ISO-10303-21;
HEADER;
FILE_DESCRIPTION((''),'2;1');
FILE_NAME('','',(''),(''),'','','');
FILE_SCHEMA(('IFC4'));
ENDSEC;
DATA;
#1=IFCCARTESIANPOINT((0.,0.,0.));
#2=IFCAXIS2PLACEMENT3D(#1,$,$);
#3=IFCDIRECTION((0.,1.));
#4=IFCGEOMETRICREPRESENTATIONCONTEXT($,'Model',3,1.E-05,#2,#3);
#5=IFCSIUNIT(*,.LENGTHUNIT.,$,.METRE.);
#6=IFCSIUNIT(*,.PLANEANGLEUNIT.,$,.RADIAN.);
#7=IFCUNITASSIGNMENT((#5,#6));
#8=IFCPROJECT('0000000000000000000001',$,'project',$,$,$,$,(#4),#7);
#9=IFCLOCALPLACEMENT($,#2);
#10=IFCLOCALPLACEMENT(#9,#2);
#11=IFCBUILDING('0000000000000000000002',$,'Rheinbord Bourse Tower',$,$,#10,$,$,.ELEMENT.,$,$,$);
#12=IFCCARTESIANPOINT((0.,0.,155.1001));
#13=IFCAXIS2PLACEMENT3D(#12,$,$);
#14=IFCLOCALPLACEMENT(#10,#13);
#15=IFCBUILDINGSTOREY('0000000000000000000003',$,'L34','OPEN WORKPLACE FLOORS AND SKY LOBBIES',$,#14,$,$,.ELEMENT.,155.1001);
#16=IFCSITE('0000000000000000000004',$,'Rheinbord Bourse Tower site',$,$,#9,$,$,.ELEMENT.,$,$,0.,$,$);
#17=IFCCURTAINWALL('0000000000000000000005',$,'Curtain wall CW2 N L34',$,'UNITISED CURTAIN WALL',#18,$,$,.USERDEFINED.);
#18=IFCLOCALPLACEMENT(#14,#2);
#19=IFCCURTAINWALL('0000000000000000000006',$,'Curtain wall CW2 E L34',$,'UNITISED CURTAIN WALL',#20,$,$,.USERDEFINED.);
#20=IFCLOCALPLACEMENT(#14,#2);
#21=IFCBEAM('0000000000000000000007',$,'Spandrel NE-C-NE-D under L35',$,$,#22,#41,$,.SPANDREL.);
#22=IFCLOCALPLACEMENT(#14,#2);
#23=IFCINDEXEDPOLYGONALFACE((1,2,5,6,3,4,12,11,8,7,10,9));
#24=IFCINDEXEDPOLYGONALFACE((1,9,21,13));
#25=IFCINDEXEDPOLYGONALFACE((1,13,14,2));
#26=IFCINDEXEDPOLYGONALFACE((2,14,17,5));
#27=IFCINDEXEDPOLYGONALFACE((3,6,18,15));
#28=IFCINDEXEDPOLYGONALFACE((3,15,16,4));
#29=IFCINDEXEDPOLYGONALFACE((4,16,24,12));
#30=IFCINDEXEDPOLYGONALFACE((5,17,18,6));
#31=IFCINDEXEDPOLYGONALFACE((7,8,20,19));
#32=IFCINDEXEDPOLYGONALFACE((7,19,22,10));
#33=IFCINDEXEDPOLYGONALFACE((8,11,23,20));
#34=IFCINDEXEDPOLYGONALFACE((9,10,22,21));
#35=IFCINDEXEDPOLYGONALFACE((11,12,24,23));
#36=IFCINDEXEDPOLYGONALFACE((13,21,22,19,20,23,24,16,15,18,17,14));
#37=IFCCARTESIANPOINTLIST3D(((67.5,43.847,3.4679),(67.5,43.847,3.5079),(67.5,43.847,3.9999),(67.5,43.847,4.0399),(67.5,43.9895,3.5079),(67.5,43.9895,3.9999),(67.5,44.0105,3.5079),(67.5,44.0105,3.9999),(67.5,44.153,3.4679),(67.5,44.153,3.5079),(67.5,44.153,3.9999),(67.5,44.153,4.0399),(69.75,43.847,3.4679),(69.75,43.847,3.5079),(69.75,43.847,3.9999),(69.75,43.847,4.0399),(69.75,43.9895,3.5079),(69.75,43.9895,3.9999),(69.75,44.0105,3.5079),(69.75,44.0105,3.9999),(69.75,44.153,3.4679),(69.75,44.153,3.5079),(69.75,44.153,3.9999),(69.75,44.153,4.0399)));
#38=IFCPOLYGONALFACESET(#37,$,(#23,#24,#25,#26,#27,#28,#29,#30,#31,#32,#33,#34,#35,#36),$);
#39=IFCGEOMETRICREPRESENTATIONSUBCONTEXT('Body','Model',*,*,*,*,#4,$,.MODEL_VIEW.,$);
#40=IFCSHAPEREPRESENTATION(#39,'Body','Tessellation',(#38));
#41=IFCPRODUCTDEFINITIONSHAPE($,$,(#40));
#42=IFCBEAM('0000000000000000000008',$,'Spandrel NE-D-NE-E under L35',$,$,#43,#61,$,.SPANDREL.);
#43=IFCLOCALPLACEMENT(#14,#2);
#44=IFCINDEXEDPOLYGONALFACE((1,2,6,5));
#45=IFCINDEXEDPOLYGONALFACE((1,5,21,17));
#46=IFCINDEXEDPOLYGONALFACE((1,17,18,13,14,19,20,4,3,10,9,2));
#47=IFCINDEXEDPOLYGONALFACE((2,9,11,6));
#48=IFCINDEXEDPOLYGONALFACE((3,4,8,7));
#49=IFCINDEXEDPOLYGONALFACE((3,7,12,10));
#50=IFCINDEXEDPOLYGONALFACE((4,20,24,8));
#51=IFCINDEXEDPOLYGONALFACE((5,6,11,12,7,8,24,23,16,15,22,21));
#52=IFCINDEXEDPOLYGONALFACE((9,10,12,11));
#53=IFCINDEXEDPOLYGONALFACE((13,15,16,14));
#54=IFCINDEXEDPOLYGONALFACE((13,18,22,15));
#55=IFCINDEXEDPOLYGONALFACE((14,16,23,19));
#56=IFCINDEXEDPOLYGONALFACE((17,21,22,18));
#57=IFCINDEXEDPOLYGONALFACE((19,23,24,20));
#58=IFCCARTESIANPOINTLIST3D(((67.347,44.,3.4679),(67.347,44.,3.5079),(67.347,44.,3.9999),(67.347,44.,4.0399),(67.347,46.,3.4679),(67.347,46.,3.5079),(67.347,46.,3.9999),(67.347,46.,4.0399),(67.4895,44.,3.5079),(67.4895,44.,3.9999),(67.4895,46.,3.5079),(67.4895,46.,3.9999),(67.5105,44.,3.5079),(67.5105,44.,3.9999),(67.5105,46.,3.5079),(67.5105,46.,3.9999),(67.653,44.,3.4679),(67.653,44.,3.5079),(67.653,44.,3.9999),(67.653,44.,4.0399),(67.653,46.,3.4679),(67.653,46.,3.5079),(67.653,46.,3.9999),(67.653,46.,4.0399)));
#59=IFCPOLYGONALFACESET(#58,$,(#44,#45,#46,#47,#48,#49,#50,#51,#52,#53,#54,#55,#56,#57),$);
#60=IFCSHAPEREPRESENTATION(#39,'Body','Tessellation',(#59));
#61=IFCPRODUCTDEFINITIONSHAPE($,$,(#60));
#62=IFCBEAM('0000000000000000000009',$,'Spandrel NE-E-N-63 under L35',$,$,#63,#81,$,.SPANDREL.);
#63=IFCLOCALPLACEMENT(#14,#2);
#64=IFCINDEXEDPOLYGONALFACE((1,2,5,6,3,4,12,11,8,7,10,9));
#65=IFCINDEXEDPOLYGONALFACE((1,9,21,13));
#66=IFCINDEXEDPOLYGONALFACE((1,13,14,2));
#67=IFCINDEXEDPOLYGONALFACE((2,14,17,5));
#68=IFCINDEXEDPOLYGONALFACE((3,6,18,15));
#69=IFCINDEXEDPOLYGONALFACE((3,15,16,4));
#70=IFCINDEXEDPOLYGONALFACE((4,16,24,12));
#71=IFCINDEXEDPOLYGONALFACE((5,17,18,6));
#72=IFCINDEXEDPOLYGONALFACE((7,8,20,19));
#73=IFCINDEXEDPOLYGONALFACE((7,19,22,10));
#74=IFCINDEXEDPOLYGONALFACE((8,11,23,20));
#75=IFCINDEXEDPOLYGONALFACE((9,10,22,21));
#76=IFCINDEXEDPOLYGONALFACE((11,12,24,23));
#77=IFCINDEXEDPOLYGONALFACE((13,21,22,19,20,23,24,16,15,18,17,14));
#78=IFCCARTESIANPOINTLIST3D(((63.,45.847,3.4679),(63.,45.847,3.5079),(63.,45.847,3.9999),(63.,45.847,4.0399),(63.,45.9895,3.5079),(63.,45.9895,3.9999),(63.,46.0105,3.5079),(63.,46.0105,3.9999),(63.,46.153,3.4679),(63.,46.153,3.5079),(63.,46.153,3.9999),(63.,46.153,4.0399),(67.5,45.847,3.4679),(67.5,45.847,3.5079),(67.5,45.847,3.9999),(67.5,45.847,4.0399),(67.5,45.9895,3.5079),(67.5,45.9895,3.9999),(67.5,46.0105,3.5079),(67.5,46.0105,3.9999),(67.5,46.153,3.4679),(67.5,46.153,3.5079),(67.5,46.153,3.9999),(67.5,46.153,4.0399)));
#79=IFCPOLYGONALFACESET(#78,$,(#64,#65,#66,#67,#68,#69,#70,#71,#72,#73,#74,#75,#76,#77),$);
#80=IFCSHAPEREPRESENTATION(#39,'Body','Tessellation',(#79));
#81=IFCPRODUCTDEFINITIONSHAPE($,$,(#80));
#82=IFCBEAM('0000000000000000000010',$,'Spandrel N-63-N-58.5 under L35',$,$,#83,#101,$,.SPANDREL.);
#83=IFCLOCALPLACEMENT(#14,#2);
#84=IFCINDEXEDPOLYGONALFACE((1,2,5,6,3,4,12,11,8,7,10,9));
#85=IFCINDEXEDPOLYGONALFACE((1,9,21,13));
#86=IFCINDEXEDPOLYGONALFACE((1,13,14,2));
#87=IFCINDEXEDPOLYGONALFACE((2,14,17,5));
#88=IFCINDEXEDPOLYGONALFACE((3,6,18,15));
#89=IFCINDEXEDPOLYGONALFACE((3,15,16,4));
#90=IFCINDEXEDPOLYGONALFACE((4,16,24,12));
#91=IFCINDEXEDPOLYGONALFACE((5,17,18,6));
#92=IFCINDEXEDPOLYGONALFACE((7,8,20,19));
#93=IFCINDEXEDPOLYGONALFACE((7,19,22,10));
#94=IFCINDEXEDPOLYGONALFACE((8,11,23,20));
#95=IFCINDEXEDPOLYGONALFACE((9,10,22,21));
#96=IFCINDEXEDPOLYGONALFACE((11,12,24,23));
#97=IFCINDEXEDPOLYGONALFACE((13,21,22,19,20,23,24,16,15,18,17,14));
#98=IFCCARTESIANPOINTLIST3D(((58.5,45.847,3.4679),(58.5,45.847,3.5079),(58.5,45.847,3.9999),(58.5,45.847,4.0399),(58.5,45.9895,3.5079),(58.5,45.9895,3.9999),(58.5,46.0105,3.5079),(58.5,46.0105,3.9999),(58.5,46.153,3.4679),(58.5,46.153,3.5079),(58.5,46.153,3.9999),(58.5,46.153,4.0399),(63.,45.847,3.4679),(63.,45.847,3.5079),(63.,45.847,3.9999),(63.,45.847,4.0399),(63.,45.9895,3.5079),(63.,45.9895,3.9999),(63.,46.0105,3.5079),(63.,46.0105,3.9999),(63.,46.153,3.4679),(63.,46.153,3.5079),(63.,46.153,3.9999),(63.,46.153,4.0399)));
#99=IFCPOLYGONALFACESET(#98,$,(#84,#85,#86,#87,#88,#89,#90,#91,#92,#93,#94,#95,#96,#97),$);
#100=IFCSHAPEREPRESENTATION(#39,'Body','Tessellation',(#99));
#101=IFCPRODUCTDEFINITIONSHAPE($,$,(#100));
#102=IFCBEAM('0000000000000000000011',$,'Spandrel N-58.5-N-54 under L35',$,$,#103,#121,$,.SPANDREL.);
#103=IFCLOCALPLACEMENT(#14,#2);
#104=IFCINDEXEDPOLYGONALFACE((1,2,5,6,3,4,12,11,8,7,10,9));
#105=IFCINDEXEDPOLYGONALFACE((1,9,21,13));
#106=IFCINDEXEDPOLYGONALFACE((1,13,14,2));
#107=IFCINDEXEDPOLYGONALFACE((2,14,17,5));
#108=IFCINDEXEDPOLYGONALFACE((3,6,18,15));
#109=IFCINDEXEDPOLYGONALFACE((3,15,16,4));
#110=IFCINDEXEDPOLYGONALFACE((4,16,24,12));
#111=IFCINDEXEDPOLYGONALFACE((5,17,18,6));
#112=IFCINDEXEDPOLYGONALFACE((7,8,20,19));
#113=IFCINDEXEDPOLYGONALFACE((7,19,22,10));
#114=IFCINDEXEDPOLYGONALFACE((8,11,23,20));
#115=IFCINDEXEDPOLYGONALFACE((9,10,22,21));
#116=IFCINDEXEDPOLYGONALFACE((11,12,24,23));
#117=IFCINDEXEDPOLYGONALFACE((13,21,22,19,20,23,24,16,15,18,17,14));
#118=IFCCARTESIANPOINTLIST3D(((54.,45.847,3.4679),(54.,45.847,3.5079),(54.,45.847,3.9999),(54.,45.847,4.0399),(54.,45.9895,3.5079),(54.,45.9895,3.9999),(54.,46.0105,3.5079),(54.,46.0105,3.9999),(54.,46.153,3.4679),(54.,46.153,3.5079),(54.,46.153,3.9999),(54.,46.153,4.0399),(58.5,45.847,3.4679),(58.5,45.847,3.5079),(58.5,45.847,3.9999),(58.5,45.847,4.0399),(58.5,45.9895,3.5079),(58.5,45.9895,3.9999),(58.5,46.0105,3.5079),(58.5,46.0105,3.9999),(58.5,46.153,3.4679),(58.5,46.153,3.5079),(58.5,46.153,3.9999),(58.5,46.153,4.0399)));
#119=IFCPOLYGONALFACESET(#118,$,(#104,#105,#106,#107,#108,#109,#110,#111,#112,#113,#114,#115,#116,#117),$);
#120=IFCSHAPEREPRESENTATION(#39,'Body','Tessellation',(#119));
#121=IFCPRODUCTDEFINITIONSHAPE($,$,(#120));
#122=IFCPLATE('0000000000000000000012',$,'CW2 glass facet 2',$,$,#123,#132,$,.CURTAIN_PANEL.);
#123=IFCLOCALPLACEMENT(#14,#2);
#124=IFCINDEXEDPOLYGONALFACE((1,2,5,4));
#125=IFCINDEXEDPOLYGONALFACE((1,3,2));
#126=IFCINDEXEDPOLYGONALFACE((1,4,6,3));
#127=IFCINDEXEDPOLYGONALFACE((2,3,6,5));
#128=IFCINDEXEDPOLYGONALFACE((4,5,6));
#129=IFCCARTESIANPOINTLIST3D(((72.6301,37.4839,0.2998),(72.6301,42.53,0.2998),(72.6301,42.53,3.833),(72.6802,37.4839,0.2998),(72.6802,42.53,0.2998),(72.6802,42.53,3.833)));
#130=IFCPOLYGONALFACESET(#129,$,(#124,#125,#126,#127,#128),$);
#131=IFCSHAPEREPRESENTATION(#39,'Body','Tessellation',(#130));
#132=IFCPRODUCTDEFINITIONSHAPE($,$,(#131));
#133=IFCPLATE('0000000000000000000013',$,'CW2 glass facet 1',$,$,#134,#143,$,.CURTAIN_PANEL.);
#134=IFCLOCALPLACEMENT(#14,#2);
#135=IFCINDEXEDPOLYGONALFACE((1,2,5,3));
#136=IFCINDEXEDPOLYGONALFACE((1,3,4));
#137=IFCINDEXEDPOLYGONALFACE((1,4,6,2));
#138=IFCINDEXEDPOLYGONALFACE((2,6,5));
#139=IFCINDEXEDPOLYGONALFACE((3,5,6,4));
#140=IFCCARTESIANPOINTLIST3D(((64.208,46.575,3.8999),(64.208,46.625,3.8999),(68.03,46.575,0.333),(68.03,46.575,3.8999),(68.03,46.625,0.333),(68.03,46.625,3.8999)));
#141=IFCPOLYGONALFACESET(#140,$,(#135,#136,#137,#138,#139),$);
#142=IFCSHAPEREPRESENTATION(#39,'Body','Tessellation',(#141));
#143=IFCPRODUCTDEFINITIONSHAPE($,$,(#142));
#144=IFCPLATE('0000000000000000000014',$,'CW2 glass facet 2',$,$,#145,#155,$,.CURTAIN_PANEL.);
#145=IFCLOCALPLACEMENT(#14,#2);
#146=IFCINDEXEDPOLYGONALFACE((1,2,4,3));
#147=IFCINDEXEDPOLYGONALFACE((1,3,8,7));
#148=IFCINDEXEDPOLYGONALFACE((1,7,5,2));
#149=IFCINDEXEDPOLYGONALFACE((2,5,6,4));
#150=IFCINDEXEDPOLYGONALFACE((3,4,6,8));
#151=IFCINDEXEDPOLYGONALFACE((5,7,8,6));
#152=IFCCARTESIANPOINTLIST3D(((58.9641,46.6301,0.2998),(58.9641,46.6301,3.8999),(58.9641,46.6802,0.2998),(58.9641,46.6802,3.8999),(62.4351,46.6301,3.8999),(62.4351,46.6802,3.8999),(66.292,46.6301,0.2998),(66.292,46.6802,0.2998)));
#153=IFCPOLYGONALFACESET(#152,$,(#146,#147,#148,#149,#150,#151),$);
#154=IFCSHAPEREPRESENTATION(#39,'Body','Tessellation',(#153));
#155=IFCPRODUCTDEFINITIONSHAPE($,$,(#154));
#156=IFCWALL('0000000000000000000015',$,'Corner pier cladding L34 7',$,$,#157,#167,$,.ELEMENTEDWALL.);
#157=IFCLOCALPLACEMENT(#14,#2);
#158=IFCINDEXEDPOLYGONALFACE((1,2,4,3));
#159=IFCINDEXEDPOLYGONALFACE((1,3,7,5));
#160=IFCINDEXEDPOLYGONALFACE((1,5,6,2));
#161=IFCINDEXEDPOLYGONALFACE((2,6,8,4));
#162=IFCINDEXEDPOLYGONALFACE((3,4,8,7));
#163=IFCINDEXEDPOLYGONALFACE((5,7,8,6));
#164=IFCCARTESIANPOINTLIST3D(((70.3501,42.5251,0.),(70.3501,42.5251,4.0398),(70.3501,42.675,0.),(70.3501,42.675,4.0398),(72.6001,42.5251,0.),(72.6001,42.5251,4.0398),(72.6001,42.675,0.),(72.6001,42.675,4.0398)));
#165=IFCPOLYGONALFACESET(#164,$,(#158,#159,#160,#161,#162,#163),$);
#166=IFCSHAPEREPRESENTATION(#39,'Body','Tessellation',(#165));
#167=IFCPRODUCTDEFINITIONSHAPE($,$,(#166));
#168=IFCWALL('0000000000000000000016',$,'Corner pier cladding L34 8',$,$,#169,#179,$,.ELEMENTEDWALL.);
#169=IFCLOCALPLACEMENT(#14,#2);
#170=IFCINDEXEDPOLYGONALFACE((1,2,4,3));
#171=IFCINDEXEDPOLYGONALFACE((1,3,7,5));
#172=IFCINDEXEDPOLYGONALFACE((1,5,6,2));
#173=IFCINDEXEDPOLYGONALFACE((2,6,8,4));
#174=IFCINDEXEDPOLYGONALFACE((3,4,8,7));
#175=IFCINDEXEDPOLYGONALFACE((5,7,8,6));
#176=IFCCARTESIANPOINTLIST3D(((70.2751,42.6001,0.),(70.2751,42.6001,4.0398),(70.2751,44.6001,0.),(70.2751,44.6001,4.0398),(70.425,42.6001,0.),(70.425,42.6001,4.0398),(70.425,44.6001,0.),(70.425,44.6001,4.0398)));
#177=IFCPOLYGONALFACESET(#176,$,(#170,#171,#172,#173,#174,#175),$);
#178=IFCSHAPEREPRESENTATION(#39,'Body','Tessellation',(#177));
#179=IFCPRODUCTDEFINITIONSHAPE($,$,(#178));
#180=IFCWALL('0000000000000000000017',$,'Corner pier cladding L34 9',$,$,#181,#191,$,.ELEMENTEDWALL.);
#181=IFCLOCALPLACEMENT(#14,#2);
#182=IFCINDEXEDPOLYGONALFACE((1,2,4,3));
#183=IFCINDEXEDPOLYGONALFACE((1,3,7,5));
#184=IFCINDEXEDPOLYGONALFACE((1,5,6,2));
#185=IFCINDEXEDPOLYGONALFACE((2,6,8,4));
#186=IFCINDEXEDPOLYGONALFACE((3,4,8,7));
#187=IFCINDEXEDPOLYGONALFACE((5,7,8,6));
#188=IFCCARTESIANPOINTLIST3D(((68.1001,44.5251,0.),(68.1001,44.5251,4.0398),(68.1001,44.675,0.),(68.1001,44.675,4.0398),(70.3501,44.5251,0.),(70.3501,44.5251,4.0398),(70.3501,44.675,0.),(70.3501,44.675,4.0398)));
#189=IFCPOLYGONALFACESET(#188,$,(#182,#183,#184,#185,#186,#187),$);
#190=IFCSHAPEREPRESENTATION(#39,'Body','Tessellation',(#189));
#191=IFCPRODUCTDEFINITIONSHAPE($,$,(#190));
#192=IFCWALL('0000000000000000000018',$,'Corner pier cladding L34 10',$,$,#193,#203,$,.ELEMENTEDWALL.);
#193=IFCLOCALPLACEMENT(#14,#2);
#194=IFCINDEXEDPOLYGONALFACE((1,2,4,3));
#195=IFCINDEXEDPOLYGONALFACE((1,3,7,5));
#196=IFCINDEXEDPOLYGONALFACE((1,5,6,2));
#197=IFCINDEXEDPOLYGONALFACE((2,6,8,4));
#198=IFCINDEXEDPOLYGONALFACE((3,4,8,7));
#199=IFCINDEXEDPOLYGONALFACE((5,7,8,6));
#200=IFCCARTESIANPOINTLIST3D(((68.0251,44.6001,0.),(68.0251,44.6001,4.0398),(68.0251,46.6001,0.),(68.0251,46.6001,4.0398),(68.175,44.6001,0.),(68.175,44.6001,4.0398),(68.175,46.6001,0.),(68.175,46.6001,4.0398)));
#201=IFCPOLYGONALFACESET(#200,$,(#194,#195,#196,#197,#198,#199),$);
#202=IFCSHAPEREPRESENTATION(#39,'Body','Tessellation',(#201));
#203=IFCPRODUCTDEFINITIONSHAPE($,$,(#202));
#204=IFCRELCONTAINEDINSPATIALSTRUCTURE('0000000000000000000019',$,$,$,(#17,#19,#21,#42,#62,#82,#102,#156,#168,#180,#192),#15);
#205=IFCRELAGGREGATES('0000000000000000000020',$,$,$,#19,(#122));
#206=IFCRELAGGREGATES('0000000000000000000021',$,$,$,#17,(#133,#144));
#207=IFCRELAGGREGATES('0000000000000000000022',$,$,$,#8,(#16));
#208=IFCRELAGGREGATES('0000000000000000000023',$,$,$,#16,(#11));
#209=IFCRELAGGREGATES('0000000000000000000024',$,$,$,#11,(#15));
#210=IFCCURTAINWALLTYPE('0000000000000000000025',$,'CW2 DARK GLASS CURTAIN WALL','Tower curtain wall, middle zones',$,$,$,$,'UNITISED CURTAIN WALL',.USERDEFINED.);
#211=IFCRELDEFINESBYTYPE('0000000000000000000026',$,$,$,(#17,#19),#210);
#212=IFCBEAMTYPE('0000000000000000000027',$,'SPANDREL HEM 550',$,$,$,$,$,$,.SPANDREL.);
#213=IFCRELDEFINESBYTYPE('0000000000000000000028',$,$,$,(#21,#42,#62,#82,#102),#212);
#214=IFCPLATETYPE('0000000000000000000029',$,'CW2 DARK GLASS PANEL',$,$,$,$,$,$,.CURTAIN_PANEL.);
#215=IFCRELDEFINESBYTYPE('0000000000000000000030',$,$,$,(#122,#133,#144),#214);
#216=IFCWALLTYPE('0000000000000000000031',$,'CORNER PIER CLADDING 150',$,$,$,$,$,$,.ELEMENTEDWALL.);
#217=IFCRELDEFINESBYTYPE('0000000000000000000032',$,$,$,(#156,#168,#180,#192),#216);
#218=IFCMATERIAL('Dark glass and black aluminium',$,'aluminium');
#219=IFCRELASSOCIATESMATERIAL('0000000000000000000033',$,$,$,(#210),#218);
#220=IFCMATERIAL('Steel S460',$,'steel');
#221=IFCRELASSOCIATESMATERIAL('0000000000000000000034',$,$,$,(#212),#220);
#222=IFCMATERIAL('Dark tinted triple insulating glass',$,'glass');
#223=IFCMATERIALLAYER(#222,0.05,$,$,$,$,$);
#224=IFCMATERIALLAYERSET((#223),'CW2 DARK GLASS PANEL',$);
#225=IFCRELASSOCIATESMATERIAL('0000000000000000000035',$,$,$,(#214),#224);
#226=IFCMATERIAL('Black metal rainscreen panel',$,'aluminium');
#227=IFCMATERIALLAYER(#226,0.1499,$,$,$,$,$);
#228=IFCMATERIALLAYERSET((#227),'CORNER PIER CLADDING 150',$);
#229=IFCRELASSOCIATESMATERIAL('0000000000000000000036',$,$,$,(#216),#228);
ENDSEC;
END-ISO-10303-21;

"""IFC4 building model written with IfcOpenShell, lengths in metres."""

from ifc_helpers import new_model, si_unit, direction, frame, frame_2d, origin, origin_2d, place, context, subcontext, project, spatial, polyline, rectangle, i_section, outline, extrude, material, layer, layer_set, material_profile, profile_set, type_object, element, aggregate, save


model = new_model("IFC4")

# Units and contexts
model_context = context("Model", 3, precision=1e-05, world=origin(), true_north=direction((0.0, 1.0)))
body_context = subcontext(model_context, "Body", "Model", "MODEL_VIEW")
ifc_project = project(units=[si_unit("LENGTHUNIT", "METRE"), si_unit("PLANEANGLEUNIT", "RADIAN")], contexts=[model_context])

# Site, building, storey
site_placement = place(None, origin())
site = spatial("IfcSite", under=ifc_project, at=site_placement, Name="Rheinbord Bourse Tower site", CompositionType="ELEMENT", RefElevation=0.0)
building_placement = place(site_placement, origin())
building = spatial("IfcBuilding", under=site, at=building_placement, Name="Rheinbord Bourse Tower", CompositionType="ELEMENT")
storey_placement = place(building_placement, frame((0.0, 0.0, 155.1001)))
storey = spatial("IfcBuildingStorey", under=building, at=storey_placement, Name="L34", Description="OPEN WORKPLACE FLOORS AND SKY LOBBIES", CompositionType="ELEMENT", Elevation=155.1001)

# Curtain walls
ifc_material_1 = material(Name="Dark glass and black aluminium", Category="aluminium")
curtain_wall_type = type_object("IfcCurtainWallType", Name="CW2 DARK GLASS CURTAIN WALL", Description="Tower curtain wall, middle zones", ElementType="UNITISED CURTAIN WALL", PredefinedType="USERDEFINED", material=ifc_material_1)
curtain_wall_1_placement = place(storey_placement, origin())
curtain_wall_1 = element("IfcCurtainWall", 1, at=curtain_wall_1_placement, inside=storey, type_object=curtain_wall_type, Name="Curtain wall CW2 N L34", ObjectType="UNITISED CURTAIN WALL", PredefinedType="USERDEFINED")
curtain_wall_2_placement = place(storey_placement, origin())
curtain_wall_2 = element("IfcCurtainWall", 2, at=curtain_wall_2_placement, inside=storey, type_object=curtain_wall_type, Name="Curtain wall CW2 E L34", ObjectType="UNITISED CURTAIN WALL", PredefinedType="USERDEFINED")

# Beams
ifc_material_2 = material(Name="Steel S460", Category="steel")
ifc_material_profile_1 = material_profile(ifc_material_2, i_section(OverallWidth=0.3059, OverallDepth=0.572, WebThickness=0.021, FlangeThickness=0.04, at=origin_2d()), Name="HEM 550")
ifc_profile_set_1 = profile_set([ifc_material_profile_1], Name="Steel S460")
beam_type_1 = type_object("IfcBeamType", Name="SPANDREL HEM 550", PredefinedType="SPANDREL", material=ifc_profile_set_1)
for number, where, z_axis, x_axis, name in (
    (3, (69.75, 44.0, 3.7539), (-1.0, 0.0, 0.0), (0.0, -1.0, 0.0), "Spandrel NE-C-NE-D under L35"),
):
    element("IfcBeam", number, at=place(storey_placement, frame(where, z_axis=z_axis, x_axis=x_axis)), inside=storey, type_object=beam_type_1, Name=name, PredefinedType="SPANDREL", context=body_context, shape_type="SweptSolid", body=[
        extrude(i_section(OverallWidth=0.3059, OverallDepth=0.572, WebThickness=0.021, FlangeThickness=0.04, at=origin_2d()), origin(), (0.0, 0.0, 1.0), 2.25),
    ])
beam_placement = place(storey_placement, frame((67.5, 44.0, 3.7539), z_axis=(0.0, 1.0, 0.0), x_axis=(-1.0, 0.0, 0.0)))
element("IfcBeam", 4, at=beam_placement, inside=storey, type_object=beam_type_1, Name="Spandrel NE-D-NE-E under L35", PredefinedType="SPANDREL", context=body_context, shape_type="SweptSolid", body=[
    extrude(i_section(OverallWidth=0.3059, OverallDepth=0.572, WebThickness=0.021, FlangeThickness=0.04, at=origin_2d()), origin(), (0.0, 0.0, 1.0), 2.0),
])
for number, where, z_axis, x_axis, name in (
    (5, (67.5, 46.0, 3.7539), (-1.0, 0.0, 0.0), (0.0, -1.0, 0.0), "Spandrel NE-E-N-63 under L35"),
    (6, (63.0, 46.0, 3.7539), (-1.0, 0.0, 0.0), (0.0, -1.0, 0.0), "Spandrel N-63-N-58.5 under L35"),
    (7, (58.5, 46.0, 3.7539), (-1.0, 0.0, 0.0), (0.0, -1.0, 0.0), "Spandrel N-58.5-N-54 under L35"),
):
    element("IfcBeam", number, at=place(storey_placement, frame(where, z_axis=z_axis, x_axis=x_axis)), inside=storey, type_object=beam_type_1, Name=name, PredefinedType="SPANDREL", context=body_context, shape_type="SweptSolid", body=[
        extrude(i_section(OverallWidth=0.3059, OverallDepth=0.572, WebThickness=0.021, FlangeThickness=0.04, at=origin_2d()), origin(), (0.0, 0.0, 1.0), 4.5),
    ])

# Plates
ifc_material_3 = material(Name="Dark tinted triple insulating glass", Category="glass")
ifc_layer_1 = layer(ifc_material_3, 0.05)
ifc_layer_set_1 = layer_set([ifc_layer_1], Name="CW2 DARK GLASS PANEL")
plate_type = type_object("IfcPlateType", Name="CW2 DARK GLASS PANEL", PredefinedType="CURTAIN_PANEL", material=ifc_layer_set_1)
plate_1_placement = place(storey_placement, frame((72.6802, 42.53, 0.2998), z_axis=(-1.0, 0.0, 0.0), x_axis=(0.0, -1.0, 0.0)))
plate_1 = element("IfcPlate", 8, at=plate_1_placement, type_object=plate_type, Name="CW2 glass facet 2", PredefinedType="CURTAIN_PANEL", context=body_context, shape_type="SweptSolid", body=[
    extrude(outline(polyline([(0.0, 0.0), (5.0461, 0.0), (0.0, 3.5332), (0.0, 0.0)])), origin(), (0.0, 0.0, 1.0), 0.05),
])
aggregate(curtain_wall_2, [plate_1])
plate_2_placement = place(storey_placement, frame((68.03, 46.625, 3.8999), z_axis=(0.0, -1.0, 0.0), x_axis=(-1.0, 0.0, 0.0)))
plate_2 = element("IfcPlate", 9, at=plate_2_placement, type_object=plate_type, Name="CW2 glass facet 1", PredefinedType="CURTAIN_PANEL", context=body_context, shape_type="SweptSolid", body=[
    extrude(outline(polyline([(0.0, 0.0), (3.822, 0.0), (0.0, 3.5669), (0.0, 0.0)])), origin(), (0.0, 0.0, 1.0), 0.05),
])
plate_3_placement = place(storey_placement, frame((58.9641, 46.6802, 3.8999), z_axis=(0.0, -1.0, 0.0), x_axis=(0.0, 0.0, -1.0)))
plate_3 = element("IfcPlate", 10, at=plate_3_placement, type_object=plate_type, Name="CW2 glass facet 2", PredefinedType="CURTAIN_PANEL", context=body_context, shape_type="SweptSolid", body=[
    extrude(outline(polyline([(0.0, 0.0), (3.6001, 0.0), (3.6001, 7.3279), (0.0, 3.4709), (0.0, 0.0)])), origin(), (0.0, 0.0, 1.0), 0.05),
])
aggregate(curtain_wall_1, [plate_2, plate_3])

# Walls
ifc_material_4 = material(Name="Black metal rainscreen panel", Category="aluminium")
ifc_layer_2 = layer(ifc_material_4, 0.1499)
ifc_layer_set_2 = layer_set([ifc_layer_2], Name="CORNER PIER CLADDING 150")
wall_type = type_object("IfcWallType", Name="CORNER PIER CLADDING 150", PredefinedType="ELEMENTEDWALL", material=ifc_layer_set_2)
wall_1_placement = place(storey_placement, frame((72.6001, 42.6001, 0.0), z_axis=(0.0, 0.0, 1.0), x_axis=(-1.0, 0.0, 0.0)))
element("IfcWall", 11, at=wall_1_placement, inside=storey, type_object=wall_type, Name="Corner pier cladding L34 7", PredefinedType="ELEMENTEDWALL", context=body_context, shape_type="SweptSolid", body=[
    extrude(rectangle(XDim=2.25, YDim=0.1499, at=frame_2d((1.125, 0.0))), origin(), (0.0, 0.0, 1.0), 4.0398),
])
wall_2_placement = place(storey_placement, frame((70.3501, 42.6001, 0.0), z_axis=(0.0, 0.0, 1.0), x_axis=(0.0, 1.0, 0.0)))
element("IfcWall", 12, at=wall_2_placement, inside=storey, type_object=wall_type, Name="Corner pier cladding L34 8", PredefinedType="ELEMENTEDWALL", context=body_context, shape_type="SweptSolid", body=[
    extrude(rectangle(XDim=2.0, YDim=0.1499, at=frame_2d((1.0, 0.0))), origin(), (0.0, 0.0, 1.0), 4.0398),
])
wall_3_placement = place(storey_placement, frame((70.3501, 44.6001, 0.0), z_axis=(0.0, 0.0, 1.0), x_axis=(-1.0, 0.0, 0.0)))
element("IfcWall", 13, at=wall_3_placement, inside=storey, type_object=wall_type, Name="Corner pier cladding L34 9", PredefinedType="ELEMENTEDWALL", context=body_context, shape_type="SweptSolid", body=[
    extrude(rectangle(XDim=2.25, YDim=0.1499, at=frame_2d((1.125, 0.0))), origin(), (0.0, 0.0, 1.0), 4.0398),
])
wall_4_placement = place(storey_placement, frame((68.1001, 44.6001, 0.0), z_axis=(0.0, 0.0, 1.0), x_axis=(0.0, 1.0, 0.0)))
element("IfcWall", 14, at=wall_4_placement, inside=storey, type_object=wall_type, Name="Corner pier cladding L34 10", PredefinedType="ELEMENTEDWALL", context=body_context, shape_type="SweptSolid", body=[
    extrude(rectangle(XDim=2.0, YDim=0.1499, at=frame_2d((1.0, 0.0))), origin(), (0.0, 0.0, 1.0), 4.0398),
])

save(model, "model.ifc")
